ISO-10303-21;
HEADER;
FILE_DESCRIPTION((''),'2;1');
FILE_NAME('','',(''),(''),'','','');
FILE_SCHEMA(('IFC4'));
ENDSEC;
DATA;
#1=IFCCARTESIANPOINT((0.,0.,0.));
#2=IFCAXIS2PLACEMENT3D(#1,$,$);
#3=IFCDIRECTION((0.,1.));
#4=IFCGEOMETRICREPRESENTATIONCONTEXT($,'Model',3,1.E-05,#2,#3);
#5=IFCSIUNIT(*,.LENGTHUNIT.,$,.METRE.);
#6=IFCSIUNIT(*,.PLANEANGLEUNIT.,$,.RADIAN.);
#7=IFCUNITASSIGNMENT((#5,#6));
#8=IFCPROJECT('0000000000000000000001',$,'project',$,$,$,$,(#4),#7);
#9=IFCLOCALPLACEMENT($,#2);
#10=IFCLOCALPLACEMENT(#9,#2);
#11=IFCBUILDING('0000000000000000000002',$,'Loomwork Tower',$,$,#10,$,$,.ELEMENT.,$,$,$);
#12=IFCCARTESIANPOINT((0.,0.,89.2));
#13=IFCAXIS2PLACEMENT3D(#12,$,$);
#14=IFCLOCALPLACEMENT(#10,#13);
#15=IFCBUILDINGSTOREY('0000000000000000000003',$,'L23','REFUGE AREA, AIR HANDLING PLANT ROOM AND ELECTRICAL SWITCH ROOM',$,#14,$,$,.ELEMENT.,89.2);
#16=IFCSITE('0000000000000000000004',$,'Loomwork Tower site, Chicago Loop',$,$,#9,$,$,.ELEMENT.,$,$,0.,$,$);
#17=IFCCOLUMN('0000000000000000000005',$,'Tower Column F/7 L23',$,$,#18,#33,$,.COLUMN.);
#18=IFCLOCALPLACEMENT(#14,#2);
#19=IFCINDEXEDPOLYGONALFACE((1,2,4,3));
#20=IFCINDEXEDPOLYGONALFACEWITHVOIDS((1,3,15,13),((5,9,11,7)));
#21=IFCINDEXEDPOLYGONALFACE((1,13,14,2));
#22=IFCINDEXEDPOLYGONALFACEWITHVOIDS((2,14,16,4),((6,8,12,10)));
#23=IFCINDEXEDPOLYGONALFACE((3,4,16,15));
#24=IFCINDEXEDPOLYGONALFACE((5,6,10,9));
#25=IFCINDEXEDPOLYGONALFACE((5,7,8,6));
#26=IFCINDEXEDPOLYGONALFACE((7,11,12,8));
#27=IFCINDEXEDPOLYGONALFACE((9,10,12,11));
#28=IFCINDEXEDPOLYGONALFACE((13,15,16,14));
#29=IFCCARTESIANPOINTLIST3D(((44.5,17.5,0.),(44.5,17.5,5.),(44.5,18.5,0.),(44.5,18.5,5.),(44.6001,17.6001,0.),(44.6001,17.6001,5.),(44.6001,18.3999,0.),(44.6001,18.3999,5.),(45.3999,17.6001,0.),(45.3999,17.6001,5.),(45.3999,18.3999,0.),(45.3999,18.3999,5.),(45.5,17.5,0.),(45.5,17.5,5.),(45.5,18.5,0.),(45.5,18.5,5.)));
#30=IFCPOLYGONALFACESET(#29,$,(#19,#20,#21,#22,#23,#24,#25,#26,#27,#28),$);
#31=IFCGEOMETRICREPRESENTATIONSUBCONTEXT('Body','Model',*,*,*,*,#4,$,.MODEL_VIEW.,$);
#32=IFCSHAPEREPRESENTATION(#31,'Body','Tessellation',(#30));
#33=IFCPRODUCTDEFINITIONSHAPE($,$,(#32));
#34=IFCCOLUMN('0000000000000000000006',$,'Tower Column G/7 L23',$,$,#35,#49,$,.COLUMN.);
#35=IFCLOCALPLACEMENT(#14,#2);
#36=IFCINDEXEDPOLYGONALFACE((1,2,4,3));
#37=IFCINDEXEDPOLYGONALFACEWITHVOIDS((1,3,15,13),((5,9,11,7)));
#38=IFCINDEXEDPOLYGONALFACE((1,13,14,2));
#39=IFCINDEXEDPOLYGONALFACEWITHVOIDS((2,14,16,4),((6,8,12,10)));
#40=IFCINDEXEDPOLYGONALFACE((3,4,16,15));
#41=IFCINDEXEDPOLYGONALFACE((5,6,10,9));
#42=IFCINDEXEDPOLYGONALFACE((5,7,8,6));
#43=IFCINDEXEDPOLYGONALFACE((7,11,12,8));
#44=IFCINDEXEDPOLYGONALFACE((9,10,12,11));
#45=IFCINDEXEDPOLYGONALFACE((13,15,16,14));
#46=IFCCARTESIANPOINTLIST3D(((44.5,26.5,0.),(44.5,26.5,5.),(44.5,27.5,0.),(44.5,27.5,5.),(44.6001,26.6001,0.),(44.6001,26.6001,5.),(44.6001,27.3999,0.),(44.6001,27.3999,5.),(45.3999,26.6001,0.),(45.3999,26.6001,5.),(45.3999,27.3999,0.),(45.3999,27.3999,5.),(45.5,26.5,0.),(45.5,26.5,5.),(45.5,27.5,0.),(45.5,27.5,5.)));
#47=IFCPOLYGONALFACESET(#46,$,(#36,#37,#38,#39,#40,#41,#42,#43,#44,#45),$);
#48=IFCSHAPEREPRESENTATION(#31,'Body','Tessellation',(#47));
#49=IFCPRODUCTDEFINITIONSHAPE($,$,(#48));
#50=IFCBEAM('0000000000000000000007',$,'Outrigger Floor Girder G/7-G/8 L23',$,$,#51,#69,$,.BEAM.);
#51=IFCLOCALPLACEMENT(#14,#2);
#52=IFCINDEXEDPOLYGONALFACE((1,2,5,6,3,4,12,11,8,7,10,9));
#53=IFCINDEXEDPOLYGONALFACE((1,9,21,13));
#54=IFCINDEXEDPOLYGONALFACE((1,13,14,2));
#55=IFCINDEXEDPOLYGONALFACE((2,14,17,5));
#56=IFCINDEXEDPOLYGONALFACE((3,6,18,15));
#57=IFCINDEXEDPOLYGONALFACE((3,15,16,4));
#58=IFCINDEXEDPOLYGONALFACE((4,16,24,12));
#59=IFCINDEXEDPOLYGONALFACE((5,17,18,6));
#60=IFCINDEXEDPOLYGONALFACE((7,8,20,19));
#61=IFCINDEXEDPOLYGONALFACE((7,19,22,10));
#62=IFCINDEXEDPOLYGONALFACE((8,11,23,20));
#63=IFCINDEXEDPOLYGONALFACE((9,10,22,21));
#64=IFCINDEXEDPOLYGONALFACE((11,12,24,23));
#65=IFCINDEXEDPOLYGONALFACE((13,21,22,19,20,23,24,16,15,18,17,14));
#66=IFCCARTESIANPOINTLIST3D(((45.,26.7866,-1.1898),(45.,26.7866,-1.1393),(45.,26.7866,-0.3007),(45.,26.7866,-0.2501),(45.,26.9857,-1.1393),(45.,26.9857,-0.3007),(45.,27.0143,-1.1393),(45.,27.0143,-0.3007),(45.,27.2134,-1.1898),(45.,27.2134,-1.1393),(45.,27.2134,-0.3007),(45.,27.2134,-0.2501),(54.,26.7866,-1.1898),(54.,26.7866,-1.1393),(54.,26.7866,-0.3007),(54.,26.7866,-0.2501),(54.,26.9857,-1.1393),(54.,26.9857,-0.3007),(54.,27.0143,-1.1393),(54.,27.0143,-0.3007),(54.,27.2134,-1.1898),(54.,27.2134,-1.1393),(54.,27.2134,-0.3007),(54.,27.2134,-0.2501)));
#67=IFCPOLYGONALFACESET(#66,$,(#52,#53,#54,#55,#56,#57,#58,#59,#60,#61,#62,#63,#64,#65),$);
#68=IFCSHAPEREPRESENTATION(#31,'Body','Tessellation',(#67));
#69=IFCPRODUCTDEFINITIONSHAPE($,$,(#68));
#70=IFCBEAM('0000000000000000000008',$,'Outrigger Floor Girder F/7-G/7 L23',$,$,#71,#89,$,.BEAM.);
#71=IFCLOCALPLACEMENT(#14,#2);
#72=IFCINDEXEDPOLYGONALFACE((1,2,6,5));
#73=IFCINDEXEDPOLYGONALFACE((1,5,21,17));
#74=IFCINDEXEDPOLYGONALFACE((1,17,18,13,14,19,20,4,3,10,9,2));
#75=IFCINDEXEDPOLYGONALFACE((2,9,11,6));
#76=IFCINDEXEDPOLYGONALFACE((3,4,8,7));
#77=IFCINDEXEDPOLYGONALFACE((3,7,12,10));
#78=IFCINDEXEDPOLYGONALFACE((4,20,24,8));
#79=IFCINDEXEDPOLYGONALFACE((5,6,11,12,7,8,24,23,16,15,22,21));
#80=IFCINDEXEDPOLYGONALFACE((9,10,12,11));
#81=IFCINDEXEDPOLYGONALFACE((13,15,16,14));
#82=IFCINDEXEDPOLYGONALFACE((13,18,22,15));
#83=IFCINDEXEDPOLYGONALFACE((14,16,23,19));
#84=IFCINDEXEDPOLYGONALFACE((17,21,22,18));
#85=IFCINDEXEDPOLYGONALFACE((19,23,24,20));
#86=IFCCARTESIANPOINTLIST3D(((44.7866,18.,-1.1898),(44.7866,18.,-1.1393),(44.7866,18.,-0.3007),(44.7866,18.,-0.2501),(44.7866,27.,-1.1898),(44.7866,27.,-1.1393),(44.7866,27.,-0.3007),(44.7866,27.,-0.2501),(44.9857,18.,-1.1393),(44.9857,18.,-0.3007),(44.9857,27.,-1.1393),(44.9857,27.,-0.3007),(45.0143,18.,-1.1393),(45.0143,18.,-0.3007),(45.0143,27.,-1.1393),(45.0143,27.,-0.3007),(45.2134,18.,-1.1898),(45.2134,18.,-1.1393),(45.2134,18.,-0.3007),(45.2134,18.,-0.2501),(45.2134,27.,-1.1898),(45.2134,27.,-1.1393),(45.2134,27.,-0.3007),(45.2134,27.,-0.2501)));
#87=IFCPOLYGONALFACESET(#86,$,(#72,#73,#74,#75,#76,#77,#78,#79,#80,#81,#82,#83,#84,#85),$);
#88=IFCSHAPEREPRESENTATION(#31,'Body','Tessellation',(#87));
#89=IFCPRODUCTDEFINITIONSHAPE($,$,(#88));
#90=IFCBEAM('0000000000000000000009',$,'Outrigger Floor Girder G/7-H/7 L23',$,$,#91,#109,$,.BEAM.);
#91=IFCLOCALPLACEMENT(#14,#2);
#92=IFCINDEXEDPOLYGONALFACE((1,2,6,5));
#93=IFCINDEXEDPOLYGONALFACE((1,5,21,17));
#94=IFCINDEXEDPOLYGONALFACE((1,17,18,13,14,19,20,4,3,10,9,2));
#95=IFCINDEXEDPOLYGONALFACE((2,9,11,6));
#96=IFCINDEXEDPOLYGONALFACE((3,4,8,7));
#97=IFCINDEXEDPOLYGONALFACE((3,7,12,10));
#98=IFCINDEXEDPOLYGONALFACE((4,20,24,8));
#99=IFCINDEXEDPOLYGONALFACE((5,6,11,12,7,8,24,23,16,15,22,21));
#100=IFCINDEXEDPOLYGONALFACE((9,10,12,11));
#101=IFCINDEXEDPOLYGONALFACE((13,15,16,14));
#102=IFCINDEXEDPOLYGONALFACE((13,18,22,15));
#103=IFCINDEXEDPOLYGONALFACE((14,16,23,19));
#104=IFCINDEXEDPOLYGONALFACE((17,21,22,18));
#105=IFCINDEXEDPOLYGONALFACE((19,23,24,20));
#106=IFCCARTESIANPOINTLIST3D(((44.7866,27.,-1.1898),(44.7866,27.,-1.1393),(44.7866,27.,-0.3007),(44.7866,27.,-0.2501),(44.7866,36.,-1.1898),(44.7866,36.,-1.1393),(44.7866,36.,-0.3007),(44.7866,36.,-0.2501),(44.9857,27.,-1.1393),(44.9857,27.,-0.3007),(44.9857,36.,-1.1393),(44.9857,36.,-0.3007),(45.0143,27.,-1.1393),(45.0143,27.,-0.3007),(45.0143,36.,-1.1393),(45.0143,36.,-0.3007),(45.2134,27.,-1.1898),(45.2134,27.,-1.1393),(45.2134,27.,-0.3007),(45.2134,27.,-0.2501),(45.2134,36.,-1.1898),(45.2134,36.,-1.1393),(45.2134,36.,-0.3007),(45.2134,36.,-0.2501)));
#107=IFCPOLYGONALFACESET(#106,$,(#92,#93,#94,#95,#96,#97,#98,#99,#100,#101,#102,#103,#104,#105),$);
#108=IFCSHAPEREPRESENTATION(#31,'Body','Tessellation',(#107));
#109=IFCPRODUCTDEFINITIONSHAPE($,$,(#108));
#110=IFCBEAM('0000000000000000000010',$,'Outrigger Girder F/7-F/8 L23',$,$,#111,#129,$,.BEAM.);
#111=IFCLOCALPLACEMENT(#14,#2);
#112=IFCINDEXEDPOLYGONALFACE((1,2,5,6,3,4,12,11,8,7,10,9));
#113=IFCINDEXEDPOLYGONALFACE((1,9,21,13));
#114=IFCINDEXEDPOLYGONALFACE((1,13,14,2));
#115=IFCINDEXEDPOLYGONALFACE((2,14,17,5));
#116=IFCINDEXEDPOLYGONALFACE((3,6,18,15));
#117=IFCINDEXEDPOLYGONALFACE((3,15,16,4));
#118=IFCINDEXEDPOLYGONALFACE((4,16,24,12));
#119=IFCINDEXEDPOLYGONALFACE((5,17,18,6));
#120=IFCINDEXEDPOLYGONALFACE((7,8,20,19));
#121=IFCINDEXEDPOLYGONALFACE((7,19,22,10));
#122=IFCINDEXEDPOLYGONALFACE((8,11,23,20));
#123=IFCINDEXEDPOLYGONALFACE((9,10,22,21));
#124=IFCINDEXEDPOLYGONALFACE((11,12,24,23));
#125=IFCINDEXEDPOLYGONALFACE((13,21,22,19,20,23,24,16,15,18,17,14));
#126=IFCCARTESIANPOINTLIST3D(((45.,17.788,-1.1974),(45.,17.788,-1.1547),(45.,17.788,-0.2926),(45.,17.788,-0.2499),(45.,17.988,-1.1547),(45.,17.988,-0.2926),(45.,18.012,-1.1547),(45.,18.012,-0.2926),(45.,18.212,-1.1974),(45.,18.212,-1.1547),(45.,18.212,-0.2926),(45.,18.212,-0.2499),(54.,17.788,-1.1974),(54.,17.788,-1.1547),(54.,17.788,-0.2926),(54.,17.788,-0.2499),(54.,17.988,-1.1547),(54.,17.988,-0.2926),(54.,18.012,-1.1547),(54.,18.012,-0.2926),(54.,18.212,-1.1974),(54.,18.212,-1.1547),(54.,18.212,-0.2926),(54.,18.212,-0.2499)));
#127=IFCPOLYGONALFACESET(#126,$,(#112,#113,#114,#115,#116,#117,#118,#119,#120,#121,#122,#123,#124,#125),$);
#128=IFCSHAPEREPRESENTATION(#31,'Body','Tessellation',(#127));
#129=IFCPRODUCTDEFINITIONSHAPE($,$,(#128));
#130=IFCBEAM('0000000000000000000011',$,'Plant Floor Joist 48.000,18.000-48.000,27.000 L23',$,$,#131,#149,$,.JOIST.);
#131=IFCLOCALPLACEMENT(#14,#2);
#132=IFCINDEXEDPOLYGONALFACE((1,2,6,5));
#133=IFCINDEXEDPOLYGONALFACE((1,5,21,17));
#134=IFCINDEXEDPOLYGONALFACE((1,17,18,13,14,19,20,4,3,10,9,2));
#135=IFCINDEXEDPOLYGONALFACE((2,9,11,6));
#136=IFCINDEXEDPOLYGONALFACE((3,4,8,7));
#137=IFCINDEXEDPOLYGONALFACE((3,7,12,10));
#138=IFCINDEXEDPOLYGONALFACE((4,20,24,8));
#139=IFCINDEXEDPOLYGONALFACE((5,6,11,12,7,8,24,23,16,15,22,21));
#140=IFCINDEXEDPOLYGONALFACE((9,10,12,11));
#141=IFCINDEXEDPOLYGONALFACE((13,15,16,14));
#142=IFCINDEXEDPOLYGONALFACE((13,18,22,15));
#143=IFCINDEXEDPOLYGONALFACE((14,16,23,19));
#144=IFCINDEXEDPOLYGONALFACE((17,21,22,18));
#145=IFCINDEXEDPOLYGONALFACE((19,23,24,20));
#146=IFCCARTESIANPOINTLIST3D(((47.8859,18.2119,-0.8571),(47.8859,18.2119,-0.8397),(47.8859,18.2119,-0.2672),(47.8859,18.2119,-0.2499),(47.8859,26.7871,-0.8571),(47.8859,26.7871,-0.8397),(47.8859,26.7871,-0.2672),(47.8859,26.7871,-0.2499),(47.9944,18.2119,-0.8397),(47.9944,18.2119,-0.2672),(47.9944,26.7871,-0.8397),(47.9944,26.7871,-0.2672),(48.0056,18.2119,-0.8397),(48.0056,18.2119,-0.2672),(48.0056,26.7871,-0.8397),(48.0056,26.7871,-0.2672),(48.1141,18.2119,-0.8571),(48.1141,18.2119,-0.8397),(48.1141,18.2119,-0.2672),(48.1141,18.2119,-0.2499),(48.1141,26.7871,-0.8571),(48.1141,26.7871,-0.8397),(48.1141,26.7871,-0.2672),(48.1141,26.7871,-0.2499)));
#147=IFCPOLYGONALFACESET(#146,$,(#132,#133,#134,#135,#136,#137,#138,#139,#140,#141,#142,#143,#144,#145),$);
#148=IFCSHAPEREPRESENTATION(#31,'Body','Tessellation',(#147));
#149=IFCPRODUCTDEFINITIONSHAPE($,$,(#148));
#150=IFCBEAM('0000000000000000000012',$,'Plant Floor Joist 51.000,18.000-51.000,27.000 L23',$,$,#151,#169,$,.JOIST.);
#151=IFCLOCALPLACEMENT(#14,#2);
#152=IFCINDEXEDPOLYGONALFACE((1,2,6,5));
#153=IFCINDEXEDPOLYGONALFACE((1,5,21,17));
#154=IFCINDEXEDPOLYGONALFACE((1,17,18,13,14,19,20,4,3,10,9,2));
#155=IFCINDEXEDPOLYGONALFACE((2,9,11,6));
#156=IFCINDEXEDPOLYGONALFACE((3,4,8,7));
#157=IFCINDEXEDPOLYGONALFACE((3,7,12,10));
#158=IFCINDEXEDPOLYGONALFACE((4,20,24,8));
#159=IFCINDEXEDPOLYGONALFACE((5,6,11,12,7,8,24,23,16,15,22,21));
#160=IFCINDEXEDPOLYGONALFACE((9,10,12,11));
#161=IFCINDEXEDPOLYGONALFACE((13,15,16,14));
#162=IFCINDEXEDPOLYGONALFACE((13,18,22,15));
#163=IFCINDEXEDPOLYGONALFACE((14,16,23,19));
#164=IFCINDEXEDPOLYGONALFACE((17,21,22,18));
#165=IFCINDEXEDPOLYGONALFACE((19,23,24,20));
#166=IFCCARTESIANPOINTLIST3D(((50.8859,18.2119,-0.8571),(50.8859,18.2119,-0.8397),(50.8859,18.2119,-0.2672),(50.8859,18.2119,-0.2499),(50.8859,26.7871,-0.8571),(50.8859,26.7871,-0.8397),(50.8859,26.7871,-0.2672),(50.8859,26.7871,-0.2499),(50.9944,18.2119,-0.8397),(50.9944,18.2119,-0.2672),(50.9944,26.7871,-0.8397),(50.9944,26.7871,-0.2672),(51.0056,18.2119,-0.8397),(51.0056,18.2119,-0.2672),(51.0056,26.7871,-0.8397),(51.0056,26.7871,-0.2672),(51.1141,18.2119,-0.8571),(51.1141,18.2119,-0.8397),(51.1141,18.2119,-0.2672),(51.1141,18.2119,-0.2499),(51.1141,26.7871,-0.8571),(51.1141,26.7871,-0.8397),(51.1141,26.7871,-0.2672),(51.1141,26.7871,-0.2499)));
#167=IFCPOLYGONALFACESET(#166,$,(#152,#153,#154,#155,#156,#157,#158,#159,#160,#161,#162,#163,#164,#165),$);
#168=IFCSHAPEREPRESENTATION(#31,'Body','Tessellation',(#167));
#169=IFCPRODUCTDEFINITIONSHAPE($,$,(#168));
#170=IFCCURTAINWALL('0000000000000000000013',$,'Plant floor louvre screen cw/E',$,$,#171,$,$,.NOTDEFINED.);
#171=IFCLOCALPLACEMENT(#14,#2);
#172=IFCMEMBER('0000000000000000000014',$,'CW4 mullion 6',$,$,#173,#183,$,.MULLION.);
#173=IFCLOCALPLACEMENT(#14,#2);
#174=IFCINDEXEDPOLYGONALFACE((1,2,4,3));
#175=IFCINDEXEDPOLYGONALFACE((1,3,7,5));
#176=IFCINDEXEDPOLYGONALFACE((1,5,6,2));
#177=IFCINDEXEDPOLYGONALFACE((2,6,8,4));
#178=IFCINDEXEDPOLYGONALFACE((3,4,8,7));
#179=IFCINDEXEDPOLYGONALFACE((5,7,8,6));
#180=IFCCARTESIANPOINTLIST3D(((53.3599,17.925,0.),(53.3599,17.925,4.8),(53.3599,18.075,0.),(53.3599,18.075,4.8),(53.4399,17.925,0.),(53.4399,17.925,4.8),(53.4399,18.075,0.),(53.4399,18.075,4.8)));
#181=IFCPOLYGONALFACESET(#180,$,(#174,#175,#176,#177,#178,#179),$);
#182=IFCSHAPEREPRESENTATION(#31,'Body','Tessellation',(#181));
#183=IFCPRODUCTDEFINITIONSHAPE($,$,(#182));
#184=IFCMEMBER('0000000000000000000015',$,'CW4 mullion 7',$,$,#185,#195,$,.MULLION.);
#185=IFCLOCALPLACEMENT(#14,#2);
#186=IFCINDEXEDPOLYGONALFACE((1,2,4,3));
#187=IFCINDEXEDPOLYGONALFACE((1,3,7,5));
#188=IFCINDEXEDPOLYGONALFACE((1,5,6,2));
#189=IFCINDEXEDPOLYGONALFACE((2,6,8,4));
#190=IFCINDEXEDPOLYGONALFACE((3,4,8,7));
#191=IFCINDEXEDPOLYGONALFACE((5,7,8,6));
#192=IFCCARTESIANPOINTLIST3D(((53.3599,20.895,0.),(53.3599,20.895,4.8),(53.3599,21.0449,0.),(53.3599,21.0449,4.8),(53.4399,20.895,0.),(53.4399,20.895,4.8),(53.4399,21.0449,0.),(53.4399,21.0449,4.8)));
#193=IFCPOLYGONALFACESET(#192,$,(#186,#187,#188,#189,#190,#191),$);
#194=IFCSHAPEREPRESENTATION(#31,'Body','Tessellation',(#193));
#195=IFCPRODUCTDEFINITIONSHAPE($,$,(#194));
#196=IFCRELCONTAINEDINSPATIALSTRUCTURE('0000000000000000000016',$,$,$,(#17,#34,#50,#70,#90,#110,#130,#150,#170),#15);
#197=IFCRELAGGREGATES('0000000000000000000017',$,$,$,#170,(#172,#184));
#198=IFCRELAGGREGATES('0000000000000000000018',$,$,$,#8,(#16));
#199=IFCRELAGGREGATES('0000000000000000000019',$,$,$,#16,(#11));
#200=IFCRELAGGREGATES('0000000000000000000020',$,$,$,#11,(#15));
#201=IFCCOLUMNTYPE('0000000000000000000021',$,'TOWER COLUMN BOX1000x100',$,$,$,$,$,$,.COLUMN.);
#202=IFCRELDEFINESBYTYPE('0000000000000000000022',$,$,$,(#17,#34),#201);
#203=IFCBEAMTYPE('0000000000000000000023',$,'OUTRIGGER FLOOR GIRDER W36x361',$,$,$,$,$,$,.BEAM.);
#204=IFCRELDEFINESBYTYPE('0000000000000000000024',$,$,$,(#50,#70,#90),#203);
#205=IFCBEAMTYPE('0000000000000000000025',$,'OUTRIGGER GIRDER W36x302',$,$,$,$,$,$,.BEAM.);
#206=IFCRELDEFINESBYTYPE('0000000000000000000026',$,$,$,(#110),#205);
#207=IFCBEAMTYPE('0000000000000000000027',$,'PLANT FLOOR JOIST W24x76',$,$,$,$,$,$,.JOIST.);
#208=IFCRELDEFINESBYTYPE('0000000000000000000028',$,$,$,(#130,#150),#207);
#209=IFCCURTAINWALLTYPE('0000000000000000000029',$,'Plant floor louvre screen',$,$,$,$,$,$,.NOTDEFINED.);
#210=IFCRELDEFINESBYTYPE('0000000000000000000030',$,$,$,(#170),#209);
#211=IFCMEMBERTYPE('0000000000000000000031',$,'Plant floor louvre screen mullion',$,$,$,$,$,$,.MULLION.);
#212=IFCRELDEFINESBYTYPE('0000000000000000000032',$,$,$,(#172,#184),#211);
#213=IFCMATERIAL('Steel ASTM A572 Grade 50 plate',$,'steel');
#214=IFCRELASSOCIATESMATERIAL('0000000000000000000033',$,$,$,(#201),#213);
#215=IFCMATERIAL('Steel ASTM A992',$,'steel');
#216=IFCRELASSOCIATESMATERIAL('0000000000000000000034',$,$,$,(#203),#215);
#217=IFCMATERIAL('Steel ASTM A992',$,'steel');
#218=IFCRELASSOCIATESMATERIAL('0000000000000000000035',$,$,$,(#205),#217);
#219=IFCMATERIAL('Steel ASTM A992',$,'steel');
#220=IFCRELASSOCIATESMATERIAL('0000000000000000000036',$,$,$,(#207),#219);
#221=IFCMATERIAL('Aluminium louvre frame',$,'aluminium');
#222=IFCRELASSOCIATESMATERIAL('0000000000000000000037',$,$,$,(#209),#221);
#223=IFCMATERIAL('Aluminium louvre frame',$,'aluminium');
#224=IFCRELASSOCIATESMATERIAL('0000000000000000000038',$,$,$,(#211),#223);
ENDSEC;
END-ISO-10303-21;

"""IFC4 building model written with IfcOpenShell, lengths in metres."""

from ifc_helpers import new_model, si_unit, direction, frame, origin, origin_2d, place, context, subcontext, project, spatial, rectangle, hollow_rectangle, i_section, extrude, material, material_profile, profile_set, type_object, element, aggregate, save


model = new_model("IFC4")

# Units and contexts
model_context = context("Model", 3, precision=1e-05, world=origin(), true_north=direction((0.0, 1.0)))
body_context = subcontext(model_context, "Body", "Model", "MODEL_VIEW")
ifc_project = project(units=[si_unit("LENGTHUNIT", "METRE"), si_unit("PLANEANGLEUNIT", "RADIAN")], contexts=[model_context])

# Site, building, storey
site_placement = place(None, origin())
site = spatial("IfcSite", under=ifc_project, at=site_placement, Name="Loomwork Tower site, Chicago Loop", CompositionType="ELEMENT", RefElevation=0.0)
building_placement = place(site_placement, origin())
building = spatial("IfcBuilding", under=site, at=building_placement, Name="Loomwork Tower", CompositionType="ELEMENT")
storey_placement = place(building_placement, frame((0.0, 0.0, 89.2)))
storey = spatial("IfcBuildingStorey", under=building, at=storey_placement, Name="L23", Description="REFUGE AREA, AIR HANDLING PLANT ROOM AND ELECTRICAL SWITCH ROOM", CompositionType="ELEMENT", Elevation=89.2)

# Columns
ifc_material_1 = material(Name="Steel ASTM A572 Grade 50 plate", Category="steel")
ifc_material_profile_1 = material_profile(ifc_material_1, hollow_rectangle(XDim=1.0, YDim=1.0, WallThickness=0.1001, at=origin_2d()), Name="BOX1000x100")
ifc_profile_set_1 = profile_set([ifc_material_profile_1], Name="Steel ASTM A572 Grade 50 plate")
column_type = type_object("IfcColumnType", Name="TOWER COLUMN BOX1000x100", PredefinedType="COLUMN", material=ifc_profile_set_1)
for number, where, z_axis, x_axis, name in (
    (1, (45.0, 18.0, 0.0), (0.0, 0.0, 1.0), (0.0, 1.0, 0.0), "Tower Column F/7 L23"),
    (2, (45.0, 27.0, 0.0), (0.0, 0.0, 1.0), (0.0, 1.0, 0.0), "Tower Column G/7 L23"),
):
    element("IfcColumn", number, at=place(storey_placement, frame(where, z_axis=z_axis, x_axis=x_axis)), inside=storey, type_object=column_type, Name=name, PredefinedType="COLUMN", context=body_context, shape_type="SweptSolid", body=[
        extrude(hollow_rectangle(XDim=1.0, YDim=1.0, WallThickness=0.1001, at=origin_2d()), origin(), (0.0, 0.0, 1.0), 5.0),
    ])

# Beams
ifc_material_2 = material(Name="Steel ASTM A992", Category="steel")
ifc_material_profile_2 = material_profile(ifc_material_2, i_section(OverallWidth=0.4268, OverallDepth=0.9397, WebThickness=0.0286, FlangeThickness=0.0505, at=origin_2d()), Name="W36x361")
ifc_profile_set_2 = profile_set([ifc_material_profile_2], Name="Steel ASTM A992")
beam_type_1 = type_object("IfcBeamType", Name="OUTRIGGER FLOOR GIRDER W36x361", PredefinedType="BEAM", material=ifc_profile_set_2)
for number, where, z_axis, x_axis, name in (
    (3, (45.0, 27.0, -0.72), (1.0, 0.0, 0.0), (0.0, 1.0, 0.0), "Outrigger Floor Girder G/7-G/8 L23"),
    (4, (45.0, 18.0, -0.72), (0.0, 1.0, 0.0), (-1.0, 0.0, 0.0), "Outrigger Floor Girder F/7-G/7 L23"),
    (5, (45.0, 27.0, -0.72), (0.0, 1.0, 0.0), (-1.0, 0.0, 0.0), "Outrigger Floor Girder G/7-H/7 L23"),
):
    element("IfcBeam", number, at=place(storey_placement, frame(where, z_axis=z_axis, x_axis=x_axis)), inside=storey, type_object=beam_type_1, Name=name, PredefinedType="BEAM", context=body_context, shape_type="SweptSolid", body=[
        extrude(i_section(OverallWidth=0.4268, OverallDepth=0.9397, WebThickness=0.0286, FlangeThickness=0.0505, at=origin_2d()), origin(), (0.0, 0.0, 1.0), 9.0),
    ])
ifc_material_3 = material(Name="Steel ASTM A992", Category="steel")
ifc_material_profile_3 = material_profile(ifc_material_3, i_section(OverallWidth=0.4241, OverallDepth=0.9475, WebThickness=0.0239, FlangeThickness=0.0427, at=origin_2d()), Name="W36x302")
ifc_profile_set_3 = profile_set([ifc_material_profile_3], Name="Steel ASTM A992")
beam_type_2 = type_object("IfcBeamType", Name="OUTRIGGER GIRDER W36x302", PredefinedType="BEAM", material=ifc_profile_set_3)
beam_placement = place(storey_placement, frame((45.0, 18.0, -0.7236), z_axis=(1.0, 0.0, 0.0), x_axis=(0.0, 1.0, 0.0)))
element("IfcBeam", 6, at=beam_placement, inside=storey, type_object=beam_type_2, Name="Outrigger Girder F/7-F/8 L23", PredefinedType="BEAM", context=body_context, shape_type="SweptSolid", body=[
    extrude(i_section(OverallWidth=0.4241, OverallDepth=0.9475, WebThickness=0.0239, FlangeThickness=0.0427, at=origin_2d()), origin(), (0.0, 0.0, 1.0), 9.0),
])
ifc_material_4 = material(Name="Steel ASTM A992", Category="steel")
ifc_material_profile_4 = material_profile(ifc_material_4, i_section(OverallWidth=0.2283, OverallDepth=0.6072, WebThickness=0.0112, FlangeThickness=0.0173, at=origin_2d()), Name="W24x76")
ifc_profile_set_4 = profile_set([ifc_material_profile_4], Name="Steel ASTM A992")
beam_type_3 = type_object("IfcBeamType", Name="PLANT FLOOR JOIST W24x76", PredefinedType="JOIST", material=ifc_profile_set_4)
for number, where, z_axis, x_axis, name in (
    (7, (48.0, 18.2119, -0.5535), (0.0, 1.0, 0.0), (-1.0, 0.0, 0.0), "Plant Floor Joist 48.000,18.000-48.000,27.000 L23"),
    (8, (51.0, 18.2119, -0.5535), (0.0, 1.0, 0.0), (-1.0, 0.0, 0.0), "Plant Floor Joist 51.000,18.000-51.000,27.000 L23"),
):
    element("IfcBeam", number, at=place(storey_placement, frame(where, z_axis=z_axis, x_axis=x_axis)), inside=storey, type_object=beam_type_3, Name=name, PredefinedType="JOIST", context=body_context, shape_type="SweptSolid", body=[
        extrude(i_section(OverallWidth=0.2283, OverallDepth=0.6072, WebThickness=0.0112, FlangeThickness=0.0173, at=origin_2d()), origin(), (0.0, 0.0, 1.0), 8.5752),
    ])

# Curtain wall, members
ifc_material_5 = material(Name="Aluminium louvre frame", Category="aluminium")
curtain_wall_type = type_object("IfcCurtainWallType", Name="Plant floor louvre screen", PredefinedType="NOTDEFINED", material=ifc_material_5)
curtain_wall_placement = place(storey_placement, origin())
curtain_wall = element("IfcCurtainWall", 9, at=curtain_wall_placement, inside=storey, type_object=curtain_wall_type, Name="Plant floor louvre screen cw/E", PredefinedType="NOTDEFINED")
ifc_material_6 = material(Name="Aluminium louvre frame", Category="aluminium")
ifc_material_profile_5 = material_profile(ifc_material_6, rectangle(XDim=0.0801, YDim=0.1499, at=origin_2d()), Name="AL 80x150")
ifc_profile_set_5 = profile_set([ifc_material_profile_5], Name="Aluminium louvre frame")
member_type_1 = type_object("IfcMemberType", Name="Plant floor louvre screen mullion", PredefinedType="MULLION", material=ifc_profile_set_5)
member_1_placement = place(storey_placement, frame((53.3999, 18.0, 0.0), z_axis=(0.0, 0.0, 1.0), x_axis=(-1.0, 0.0, 0.0)))
member_1 = element("IfcMember", 10, at=member_1_placement, type_object=member_type_1, Name="CW4 mullion 6", PredefinedType="MULLION", context=body_context, shape_type="SweptSolid", body=[
    extrude(rectangle(XDim=0.0801, YDim=0.1499, at=origin_2d()), origin(), (0.0, 0.0, 1.0), 4.8),
])
member_2_placement = place(storey_placement, frame((53.3999, 20.97, 0.0), z_axis=(0.0, 0.0, 1.0), x_axis=(-1.0, 0.0, 0.0)))
member_2 = element("IfcMember", 11, at=member_2_placement, type_object=member_type_1, Name="CW4 mullion 7", PredefinedType="MULLION", context=body_context, shape_type="SweptSolid", body=[
    extrude(rectangle(XDim=0.0801, YDim=0.1499, at=origin_2d()), origin(), (0.0, 0.0, 1.0), 4.8),
])

aggregate(curtain_wall, [member_1, member_2])

save(model, "model.ifc")
